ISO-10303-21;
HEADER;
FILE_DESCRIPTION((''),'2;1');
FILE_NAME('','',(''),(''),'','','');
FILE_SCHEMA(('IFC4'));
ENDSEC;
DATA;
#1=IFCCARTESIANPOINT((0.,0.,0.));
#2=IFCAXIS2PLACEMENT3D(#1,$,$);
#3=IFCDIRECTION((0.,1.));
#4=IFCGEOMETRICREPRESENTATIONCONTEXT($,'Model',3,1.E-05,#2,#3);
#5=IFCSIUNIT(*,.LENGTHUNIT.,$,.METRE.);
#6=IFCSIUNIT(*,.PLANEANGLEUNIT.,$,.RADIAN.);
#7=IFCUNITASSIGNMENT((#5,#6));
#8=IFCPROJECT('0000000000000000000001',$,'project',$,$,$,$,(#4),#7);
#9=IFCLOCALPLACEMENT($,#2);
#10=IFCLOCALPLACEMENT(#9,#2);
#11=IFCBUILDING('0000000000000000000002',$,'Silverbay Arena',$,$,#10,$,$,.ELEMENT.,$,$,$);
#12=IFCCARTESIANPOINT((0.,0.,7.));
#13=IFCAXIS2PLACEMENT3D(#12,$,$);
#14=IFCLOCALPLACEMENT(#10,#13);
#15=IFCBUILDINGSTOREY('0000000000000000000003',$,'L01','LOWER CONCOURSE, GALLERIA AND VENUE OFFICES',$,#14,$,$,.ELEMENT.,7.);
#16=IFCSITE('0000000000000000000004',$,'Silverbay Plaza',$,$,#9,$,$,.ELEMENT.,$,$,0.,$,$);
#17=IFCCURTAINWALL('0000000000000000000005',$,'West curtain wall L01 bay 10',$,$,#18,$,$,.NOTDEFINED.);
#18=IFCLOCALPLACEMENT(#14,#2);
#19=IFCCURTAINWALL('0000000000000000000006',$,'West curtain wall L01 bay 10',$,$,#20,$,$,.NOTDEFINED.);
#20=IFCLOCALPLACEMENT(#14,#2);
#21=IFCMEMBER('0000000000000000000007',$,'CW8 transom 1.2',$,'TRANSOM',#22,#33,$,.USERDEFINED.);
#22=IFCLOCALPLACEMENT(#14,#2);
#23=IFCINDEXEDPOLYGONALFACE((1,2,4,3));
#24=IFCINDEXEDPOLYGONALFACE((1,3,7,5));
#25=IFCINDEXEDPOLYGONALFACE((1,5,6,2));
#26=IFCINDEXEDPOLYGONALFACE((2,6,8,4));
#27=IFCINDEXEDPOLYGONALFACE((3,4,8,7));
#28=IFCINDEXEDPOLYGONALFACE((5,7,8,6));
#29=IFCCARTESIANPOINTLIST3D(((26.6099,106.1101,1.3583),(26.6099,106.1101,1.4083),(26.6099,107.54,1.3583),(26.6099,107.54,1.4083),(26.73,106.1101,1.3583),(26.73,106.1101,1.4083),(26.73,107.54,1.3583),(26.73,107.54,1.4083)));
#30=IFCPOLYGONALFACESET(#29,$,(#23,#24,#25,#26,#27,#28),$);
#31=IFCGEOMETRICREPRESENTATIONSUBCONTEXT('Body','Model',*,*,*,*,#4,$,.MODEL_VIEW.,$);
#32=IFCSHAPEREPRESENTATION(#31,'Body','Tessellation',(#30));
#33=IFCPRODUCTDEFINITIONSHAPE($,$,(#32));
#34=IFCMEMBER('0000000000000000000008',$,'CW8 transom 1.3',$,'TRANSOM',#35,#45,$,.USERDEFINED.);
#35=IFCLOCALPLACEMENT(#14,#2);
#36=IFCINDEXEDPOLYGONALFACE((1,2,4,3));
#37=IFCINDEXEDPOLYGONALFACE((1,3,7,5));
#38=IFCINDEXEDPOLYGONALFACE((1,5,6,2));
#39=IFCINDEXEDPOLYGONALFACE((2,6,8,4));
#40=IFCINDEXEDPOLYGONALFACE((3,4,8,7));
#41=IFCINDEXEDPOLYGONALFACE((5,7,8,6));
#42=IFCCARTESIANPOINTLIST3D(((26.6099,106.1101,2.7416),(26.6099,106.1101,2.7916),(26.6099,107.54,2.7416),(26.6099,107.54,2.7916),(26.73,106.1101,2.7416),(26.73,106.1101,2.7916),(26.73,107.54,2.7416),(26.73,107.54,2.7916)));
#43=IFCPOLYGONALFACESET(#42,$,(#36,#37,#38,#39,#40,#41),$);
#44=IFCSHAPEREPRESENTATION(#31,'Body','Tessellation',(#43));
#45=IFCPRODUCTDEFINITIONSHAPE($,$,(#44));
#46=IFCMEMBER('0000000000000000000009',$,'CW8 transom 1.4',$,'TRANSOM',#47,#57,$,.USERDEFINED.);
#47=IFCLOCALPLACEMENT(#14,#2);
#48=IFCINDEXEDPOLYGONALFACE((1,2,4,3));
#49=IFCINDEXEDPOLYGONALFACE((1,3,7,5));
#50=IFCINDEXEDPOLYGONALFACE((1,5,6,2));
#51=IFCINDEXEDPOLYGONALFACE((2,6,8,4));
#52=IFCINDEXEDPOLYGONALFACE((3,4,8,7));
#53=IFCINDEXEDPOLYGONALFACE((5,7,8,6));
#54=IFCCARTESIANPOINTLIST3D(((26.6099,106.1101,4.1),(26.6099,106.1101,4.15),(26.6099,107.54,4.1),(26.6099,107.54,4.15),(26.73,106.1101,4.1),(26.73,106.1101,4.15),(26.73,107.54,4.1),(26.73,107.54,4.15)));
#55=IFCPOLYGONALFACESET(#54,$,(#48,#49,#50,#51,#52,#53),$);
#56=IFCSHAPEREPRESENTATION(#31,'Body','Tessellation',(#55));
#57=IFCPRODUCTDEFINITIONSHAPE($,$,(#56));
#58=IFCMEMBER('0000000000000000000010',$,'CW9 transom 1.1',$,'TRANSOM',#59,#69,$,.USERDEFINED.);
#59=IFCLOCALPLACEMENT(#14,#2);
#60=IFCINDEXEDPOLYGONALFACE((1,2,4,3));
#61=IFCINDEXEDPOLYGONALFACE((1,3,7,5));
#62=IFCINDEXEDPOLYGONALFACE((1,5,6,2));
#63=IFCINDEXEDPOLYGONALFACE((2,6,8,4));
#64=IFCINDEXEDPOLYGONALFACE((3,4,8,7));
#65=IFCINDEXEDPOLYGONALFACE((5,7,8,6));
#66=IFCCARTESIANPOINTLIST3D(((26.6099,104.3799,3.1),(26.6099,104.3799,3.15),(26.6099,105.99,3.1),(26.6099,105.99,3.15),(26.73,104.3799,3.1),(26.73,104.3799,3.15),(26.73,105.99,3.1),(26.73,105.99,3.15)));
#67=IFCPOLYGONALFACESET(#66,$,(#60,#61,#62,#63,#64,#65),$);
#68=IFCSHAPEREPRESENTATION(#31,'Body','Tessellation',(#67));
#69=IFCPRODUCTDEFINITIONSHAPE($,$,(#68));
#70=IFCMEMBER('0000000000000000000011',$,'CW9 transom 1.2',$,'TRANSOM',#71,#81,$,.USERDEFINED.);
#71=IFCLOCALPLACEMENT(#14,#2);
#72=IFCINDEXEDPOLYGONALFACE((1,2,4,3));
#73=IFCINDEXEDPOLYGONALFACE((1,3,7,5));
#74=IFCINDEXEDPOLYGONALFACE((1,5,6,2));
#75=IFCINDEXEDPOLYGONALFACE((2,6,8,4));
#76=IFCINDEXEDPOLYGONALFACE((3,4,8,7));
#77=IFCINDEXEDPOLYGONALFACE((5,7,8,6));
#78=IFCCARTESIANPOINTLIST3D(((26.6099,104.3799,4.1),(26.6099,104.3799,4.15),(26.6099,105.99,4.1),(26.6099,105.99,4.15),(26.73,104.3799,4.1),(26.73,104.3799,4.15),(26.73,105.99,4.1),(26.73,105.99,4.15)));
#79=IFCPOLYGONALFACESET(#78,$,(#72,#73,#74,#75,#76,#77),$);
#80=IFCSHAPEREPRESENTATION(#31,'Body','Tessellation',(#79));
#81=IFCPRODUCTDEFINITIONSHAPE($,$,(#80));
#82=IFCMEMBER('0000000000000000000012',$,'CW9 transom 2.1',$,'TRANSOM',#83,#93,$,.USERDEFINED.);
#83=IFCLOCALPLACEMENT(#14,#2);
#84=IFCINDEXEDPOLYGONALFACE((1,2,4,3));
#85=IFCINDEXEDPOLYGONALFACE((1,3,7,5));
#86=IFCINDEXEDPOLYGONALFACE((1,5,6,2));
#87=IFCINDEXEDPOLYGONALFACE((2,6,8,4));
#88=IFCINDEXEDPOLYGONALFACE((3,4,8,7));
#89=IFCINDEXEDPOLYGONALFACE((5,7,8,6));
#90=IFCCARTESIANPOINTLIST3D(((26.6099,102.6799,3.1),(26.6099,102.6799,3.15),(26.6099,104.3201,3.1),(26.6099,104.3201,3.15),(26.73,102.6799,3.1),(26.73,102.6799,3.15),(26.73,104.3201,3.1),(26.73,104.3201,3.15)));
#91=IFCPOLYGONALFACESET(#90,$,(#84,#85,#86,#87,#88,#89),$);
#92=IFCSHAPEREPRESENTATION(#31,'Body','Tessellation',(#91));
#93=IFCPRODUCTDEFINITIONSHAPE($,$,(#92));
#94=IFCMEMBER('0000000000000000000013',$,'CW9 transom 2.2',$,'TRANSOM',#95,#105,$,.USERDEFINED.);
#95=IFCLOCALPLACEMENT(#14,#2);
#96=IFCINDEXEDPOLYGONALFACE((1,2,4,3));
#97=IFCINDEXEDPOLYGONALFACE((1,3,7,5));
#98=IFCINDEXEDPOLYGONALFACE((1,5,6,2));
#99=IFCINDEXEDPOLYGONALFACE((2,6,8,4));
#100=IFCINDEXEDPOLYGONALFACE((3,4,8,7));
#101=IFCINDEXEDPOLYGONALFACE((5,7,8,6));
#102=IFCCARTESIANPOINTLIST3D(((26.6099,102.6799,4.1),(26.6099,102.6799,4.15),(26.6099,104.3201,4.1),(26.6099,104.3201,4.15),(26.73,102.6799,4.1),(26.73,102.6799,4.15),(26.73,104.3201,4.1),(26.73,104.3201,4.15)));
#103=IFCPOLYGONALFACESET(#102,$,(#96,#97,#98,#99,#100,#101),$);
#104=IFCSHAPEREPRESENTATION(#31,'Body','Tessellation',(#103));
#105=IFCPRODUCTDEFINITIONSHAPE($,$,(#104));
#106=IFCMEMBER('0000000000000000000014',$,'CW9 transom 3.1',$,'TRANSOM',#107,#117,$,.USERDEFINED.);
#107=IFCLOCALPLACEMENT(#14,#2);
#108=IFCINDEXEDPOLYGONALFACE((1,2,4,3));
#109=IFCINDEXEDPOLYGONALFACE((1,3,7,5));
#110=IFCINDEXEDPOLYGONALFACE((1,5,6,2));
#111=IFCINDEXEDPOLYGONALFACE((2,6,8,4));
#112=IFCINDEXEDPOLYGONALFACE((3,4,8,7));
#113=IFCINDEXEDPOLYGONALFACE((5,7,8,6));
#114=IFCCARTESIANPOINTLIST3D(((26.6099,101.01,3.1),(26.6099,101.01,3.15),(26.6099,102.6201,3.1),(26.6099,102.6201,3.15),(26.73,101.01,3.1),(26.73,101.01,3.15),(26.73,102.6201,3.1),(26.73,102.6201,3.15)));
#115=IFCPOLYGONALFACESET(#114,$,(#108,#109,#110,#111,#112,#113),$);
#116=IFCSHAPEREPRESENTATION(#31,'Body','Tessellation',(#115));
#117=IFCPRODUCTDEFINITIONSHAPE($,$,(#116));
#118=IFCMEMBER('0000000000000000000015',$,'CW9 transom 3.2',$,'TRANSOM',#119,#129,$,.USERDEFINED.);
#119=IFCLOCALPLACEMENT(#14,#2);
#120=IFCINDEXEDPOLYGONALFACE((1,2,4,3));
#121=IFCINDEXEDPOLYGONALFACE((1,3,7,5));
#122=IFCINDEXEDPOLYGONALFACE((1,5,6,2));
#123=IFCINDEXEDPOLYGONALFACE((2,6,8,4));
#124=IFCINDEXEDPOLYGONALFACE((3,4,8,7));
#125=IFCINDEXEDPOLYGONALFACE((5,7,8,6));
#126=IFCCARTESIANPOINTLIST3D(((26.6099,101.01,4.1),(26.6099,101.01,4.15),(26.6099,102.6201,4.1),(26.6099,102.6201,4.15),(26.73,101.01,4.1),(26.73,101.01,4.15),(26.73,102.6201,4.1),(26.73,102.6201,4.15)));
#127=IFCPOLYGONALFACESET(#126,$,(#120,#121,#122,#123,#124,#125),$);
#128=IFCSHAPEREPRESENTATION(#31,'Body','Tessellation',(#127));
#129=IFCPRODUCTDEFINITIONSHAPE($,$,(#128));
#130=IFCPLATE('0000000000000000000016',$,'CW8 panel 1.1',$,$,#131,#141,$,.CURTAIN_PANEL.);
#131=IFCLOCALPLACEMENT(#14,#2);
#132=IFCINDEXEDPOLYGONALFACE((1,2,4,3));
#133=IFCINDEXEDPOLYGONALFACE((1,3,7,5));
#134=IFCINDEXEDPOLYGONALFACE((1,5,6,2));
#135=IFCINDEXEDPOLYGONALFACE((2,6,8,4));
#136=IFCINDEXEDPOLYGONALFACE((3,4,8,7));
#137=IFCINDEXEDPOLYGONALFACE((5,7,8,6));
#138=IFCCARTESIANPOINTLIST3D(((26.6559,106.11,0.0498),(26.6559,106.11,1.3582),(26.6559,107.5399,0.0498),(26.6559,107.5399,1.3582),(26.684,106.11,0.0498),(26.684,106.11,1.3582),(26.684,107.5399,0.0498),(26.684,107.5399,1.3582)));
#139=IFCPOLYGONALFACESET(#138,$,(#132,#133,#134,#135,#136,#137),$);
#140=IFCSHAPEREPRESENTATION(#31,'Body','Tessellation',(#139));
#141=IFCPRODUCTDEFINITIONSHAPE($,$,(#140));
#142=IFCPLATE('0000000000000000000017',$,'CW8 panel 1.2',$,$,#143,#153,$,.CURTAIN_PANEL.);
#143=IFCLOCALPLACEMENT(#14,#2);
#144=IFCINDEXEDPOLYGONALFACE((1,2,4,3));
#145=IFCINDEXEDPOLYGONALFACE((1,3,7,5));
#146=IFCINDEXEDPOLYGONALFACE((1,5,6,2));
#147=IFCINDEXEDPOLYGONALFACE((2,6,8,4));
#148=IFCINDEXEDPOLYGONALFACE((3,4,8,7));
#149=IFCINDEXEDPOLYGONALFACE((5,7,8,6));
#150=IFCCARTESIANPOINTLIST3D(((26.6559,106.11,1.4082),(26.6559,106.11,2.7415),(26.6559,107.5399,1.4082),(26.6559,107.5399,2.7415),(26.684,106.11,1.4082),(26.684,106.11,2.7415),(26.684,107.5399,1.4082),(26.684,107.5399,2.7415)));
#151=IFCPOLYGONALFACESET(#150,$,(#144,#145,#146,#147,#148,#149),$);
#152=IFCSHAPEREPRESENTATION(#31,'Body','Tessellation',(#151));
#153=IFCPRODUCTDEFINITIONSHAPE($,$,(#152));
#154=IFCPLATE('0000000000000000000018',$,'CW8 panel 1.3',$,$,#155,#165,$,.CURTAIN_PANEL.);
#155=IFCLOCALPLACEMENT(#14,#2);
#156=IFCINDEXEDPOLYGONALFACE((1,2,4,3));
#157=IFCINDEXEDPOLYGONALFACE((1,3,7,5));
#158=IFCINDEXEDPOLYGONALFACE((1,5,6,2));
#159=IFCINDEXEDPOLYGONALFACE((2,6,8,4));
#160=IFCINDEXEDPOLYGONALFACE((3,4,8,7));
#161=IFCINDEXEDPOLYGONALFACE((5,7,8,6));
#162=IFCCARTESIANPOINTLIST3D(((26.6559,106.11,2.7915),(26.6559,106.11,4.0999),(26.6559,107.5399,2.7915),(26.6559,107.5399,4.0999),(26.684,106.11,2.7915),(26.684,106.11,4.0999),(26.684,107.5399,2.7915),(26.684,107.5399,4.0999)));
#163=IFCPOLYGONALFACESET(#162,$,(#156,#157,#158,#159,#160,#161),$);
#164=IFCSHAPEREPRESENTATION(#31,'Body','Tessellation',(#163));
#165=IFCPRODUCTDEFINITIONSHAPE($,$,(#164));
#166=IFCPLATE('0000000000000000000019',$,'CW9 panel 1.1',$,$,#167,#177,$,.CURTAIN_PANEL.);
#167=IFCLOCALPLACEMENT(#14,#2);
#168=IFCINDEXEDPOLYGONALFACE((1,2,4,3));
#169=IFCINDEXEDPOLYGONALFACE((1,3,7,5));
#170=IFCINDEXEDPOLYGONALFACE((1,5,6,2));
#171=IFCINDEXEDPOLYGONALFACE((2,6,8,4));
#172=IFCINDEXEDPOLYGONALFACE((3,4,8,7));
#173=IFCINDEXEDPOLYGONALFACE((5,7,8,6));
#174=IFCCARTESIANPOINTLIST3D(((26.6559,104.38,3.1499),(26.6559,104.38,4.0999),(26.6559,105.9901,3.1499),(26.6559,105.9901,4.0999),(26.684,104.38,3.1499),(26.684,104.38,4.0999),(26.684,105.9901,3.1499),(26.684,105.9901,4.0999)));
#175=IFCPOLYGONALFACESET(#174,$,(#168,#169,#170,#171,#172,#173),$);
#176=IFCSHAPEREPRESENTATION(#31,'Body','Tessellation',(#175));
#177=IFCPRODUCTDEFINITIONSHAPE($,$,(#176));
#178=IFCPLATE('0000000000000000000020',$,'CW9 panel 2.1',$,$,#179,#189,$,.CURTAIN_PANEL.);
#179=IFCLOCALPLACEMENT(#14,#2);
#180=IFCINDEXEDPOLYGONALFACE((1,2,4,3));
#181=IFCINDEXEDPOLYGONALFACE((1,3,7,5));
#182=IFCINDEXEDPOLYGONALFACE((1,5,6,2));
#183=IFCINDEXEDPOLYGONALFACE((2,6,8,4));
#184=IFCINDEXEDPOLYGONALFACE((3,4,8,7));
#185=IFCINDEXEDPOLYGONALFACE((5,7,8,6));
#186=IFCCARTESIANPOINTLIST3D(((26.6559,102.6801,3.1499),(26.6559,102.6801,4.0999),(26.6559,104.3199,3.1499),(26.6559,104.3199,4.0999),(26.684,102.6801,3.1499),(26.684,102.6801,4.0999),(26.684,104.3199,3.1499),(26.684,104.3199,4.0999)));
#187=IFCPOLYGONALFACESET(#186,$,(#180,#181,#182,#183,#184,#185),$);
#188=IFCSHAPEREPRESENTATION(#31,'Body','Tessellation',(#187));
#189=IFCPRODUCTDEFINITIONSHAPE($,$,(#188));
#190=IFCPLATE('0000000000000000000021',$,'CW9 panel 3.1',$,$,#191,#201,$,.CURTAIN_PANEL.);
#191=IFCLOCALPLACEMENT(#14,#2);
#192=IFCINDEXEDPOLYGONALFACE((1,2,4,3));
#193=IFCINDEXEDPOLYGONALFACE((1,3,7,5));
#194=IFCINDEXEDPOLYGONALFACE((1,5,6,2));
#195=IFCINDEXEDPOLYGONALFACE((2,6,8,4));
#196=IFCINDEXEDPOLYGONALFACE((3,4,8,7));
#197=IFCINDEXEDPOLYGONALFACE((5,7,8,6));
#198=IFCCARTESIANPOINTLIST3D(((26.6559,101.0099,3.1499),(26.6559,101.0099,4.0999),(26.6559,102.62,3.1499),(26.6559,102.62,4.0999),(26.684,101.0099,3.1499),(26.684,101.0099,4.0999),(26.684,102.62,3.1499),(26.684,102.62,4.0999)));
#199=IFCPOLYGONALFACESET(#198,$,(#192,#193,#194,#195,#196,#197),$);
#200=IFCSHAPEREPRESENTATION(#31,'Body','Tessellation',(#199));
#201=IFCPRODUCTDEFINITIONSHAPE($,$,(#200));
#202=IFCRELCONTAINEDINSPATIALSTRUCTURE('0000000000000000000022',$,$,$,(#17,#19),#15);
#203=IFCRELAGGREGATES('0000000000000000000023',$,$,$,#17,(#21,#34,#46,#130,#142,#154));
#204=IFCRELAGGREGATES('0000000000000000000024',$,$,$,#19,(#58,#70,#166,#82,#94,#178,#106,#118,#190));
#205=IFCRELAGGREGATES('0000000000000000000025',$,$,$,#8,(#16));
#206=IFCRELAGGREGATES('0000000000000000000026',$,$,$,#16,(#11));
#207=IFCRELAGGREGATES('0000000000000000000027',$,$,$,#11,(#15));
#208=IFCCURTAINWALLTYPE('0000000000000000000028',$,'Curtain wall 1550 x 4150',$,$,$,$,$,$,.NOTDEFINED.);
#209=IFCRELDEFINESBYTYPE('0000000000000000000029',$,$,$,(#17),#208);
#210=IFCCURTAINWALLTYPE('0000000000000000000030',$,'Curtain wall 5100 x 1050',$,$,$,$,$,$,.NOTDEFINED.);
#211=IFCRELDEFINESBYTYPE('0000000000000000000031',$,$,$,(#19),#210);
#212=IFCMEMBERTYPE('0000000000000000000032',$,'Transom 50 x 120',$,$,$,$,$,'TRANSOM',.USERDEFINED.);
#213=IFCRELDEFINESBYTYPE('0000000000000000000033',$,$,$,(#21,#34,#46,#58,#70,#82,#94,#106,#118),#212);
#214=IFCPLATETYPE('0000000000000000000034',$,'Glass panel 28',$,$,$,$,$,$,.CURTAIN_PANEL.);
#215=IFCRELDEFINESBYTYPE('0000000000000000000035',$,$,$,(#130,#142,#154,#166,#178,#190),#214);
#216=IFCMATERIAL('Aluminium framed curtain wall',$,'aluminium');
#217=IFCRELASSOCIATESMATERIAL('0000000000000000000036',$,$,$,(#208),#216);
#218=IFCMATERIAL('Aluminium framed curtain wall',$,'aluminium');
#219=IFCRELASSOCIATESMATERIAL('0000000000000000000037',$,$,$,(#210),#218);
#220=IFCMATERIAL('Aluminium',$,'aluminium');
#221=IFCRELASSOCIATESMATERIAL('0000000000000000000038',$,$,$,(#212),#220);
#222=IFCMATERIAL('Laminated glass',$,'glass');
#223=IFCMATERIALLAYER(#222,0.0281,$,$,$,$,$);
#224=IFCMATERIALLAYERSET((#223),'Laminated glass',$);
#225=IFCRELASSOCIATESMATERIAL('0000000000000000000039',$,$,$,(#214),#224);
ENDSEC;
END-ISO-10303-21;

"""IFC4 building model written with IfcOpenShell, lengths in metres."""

from ifc_helpers import new_model, si_unit, direction, frame, origin, origin_2d, place, context, subcontext, project, spatial, rectangle, extrude, material, layer, layer_set, material_profile, profile_set, type_object, element, aggregate, save


model = new_model("IFC4")

# Units and contexts
model_context = context("Model", 3, precision=1e-05, world=origin(), true_north=direction((0.0, 1.0)))
body_context = subcontext(model_context, "Body", "Model", "MODEL_VIEW")
ifc_project = project(units=[si_unit("LENGTHUNIT", "METRE"), si_unit("PLANEANGLEUNIT", "RADIAN")], contexts=[model_context])

# Site, building, storey
site_placement = place(None, origin())
site = spatial("IfcSite", under=ifc_project, at=site_placement, Name="Silverbay Plaza", CompositionType="ELEMENT", RefElevation=0.0)
building_placement = place(site_placement, origin())
building = spatial("IfcBuilding", under=site, at=building_placement, Name="Silverbay Arena", CompositionType="ELEMENT")
storey_placement = place(building_placement, frame((0.0, 0.0, 7.0)))
storey = spatial("IfcBuildingStorey", under=building, at=storey_placement, Name="L01", Description="LOWER CONCOURSE, GALLERIA AND VENUE OFFICES", CompositionType="ELEMENT", Elevation=7.0)

# Shared definitions
ifc_material_1 = material(Name="Aluminium framed curtain wall", Category="aluminium")
curtain_wall_type_1 = type_object("IfcCurtainWallType", Name="Curtain wall 1550 x 4150", PredefinedType="NOTDEFINED", material=ifc_material_1)

# Curtain walls
curtain_wall_1_placement = place(storey_placement, origin())
curtain_wall_1 = element("IfcCurtainWall", 1, at=curtain_wall_1_placement, inside=storey, type_object=curtain_wall_type_1, Name="West curtain wall L01 bay 10", PredefinedType="NOTDEFINED")
ifc_material_2 = material(Name="Aluminium framed curtain wall", Category="aluminium")
curtain_wall_type_2 = type_object("IfcCurtainWallType", Name="Curtain wall 5100 x 1050", PredefinedType="NOTDEFINED", material=ifc_material_2)
curtain_wall_2_placement = place(storey_placement, origin())
curtain_wall_2 = element("IfcCurtainWall", 2, at=curtain_wall_2_placement, inside=storey, type_object=curtain_wall_type_2, Name="West curtain wall L01 bay 10", PredefinedType="NOTDEFINED")

# Members
ifc_material_3 = material(Name="Aluminium", Category="aluminium")
ifc_material_profile_1 = material_profile(ifc_material_3, rectangle(XDim=0.1201, YDim=0.05, at=origin_2d()), Name="Transom 50 x 120")
ifc_profile_set_1 = profile_set([ifc_material_profile_1], Name="Aluminium")
member_type_1 = type_object("IfcMemberType", Name="Transom 50 x 120", ElementType="TRANSOM", PredefinedType="USERDEFINED", material=ifc_profile_set_1)
member_1_placement = place(storey_placement, frame((26.6699, 107.54, 1.3833), z_axis=(0.0, -1.0, 0.0), x_axis=(1.0, 0.0, 0.0)))
member_1 = element("IfcMember", 3, at=member_1_placement, type_object=member_type_1, Name="CW8 transom 1.2", ObjectType="TRANSOM", PredefinedType="USERDEFINED", context=body_context, shape_type="SweptSolid", body=[
    extrude(rectangle(XDim=0.1201, YDim=0.05, at=origin_2d()), origin(), (0.0, 0.0, 1.0), 1.4299),
])
member_2_placement = place(storey_placement, frame((26.6699, 107.54, 2.7666), z_axis=(0.0, -1.0, 0.0), x_axis=(1.0, 0.0, 0.0)))
member_2 = element("IfcMember", 4, at=member_2_placement, type_object=member_type_1, Name="CW8 transom 1.3", ObjectType="TRANSOM", PredefinedType="USERDEFINED", context=body_context, shape_type="SweptSolid", body=[
    extrude(rectangle(XDim=0.1201, YDim=0.05, at=origin_2d()), origin(), (0.0, 0.0, 1.0), 1.4299),
])
member_3_placement = place(storey_placement, frame((26.6699, 107.54, 4.125), z_axis=(0.0, -1.0, 0.0), x_axis=(1.0, 0.0, 0.0)))
member_3 = element("IfcMember", 5, at=member_3_placement, type_object=member_type_1, Name="CW8 transom 1.4", ObjectType="TRANSOM", PredefinedType="USERDEFINED", context=body_context, shape_type="SweptSolid", body=[
    extrude(rectangle(XDim=0.1201, YDim=0.05, at=origin_2d()), origin(), (0.0, 0.0, 1.0), 1.4299),
])
member_4_placement = place(storey_placement, frame((26.6699, 105.99, 3.125), z_axis=(0.0, -1.0, 0.0), x_axis=(1.0, 0.0, 0.0)))
member_4 = element("IfcMember", 6, at=member_4_placement, type_object=member_type_1, Name="CW9 transom 1.1", ObjectType="TRANSOM", PredefinedType="USERDEFINED", context=body_context, shape_type="SweptSolid", body=[
    extrude(rectangle(XDim=0.1201, YDim=0.05, at=origin_2d()), origin(), (0.0, 0.0, 1.0), 1.6101),
])
member_5_placement = place(storey_placement, frame((26.6699, 105.99, 4.125), z_axis=(0.0, -1.0, 0.0), x_axis=(1.0, 0.0, 0.0)))
member_5 = element("IfcMember", 7, at=member_5_placement, type_object=member_type_1, Name="CW9 transom 1.2", ObjectType="TRANSOM", PredefinedType="USERDEFINED", context=body_context, shape_type="SweptSolid", body=[
    extrude(rectangle(XDim=0.1201, YDim=0.05, at=origin_2d()), origin(), (0.0, 0.0, 1.0), 1.6101),
])
member_6_placement = place(storey_placement, frame((26.6699, 104.3201, 3.125), z_axis=(0.0, -1.0, 0.0), x_axis=(1.0, 0.0, 0.0)))
member_6 = element("IfcMember", 8, at=member_6_placement, type_object=member_type_1, Name="CW9 transom 2.1", ObjectType="TRANSOM", PredefinedType="USERDEFINED", context=body_context, shape_type="SweptSolid", body=[
    extrude(rectangle(XDim=0.1201, YDim=0.05, at=origin_2d()), origin(), (0.0, 0.0, 1.0), 1.6401),
])
member_7_placement = place(storey_placement, frame((26.6699, 104.3201, 4.125), z_axis=(0.0, -1.0, 0.0), x_axis=(1.0, 0.0, 0.0)))
member_7 = element("IfcMember", 9, at=member_7_placement, type_object=member_type_1, Name="CW9 transom 2.2", ObjectType="TRANSOM", PredefinedType="USERDEFINED", context=body_context, shape_type="SweptSolid", body=[
    extrude(rectangle(XDim=0.1201, YDim=0.05, at=origin_2d()), origin(), (0.0, 0.0, 1.0), 1.6401),
])
member_8_placement = place(storey_placement, frame((26.6699, 102.6201, 3.125), z_axis=(0.0, -1.0, 0.0), x_axis=(1.0, 0.0, 0.0)))
member_8 = element("IfcMember", 10, at=member_8_placement, type_object=member_type_1, Name="CW9 transom 3.1", ObjectType="TRANSOM", PredefinedType="USERDEFINED", context=body_context, shape_type="SweptSolid", body=[
    extrude(rectangle(XDim=0.1201, YDim=0.05, at=origin_2d()), origin(), (0.0, 0.0, 1.0), 1.6101),
])
member_9_placement = place(storey_placement, frame((26.6699, 102.6201, 4.125), z_axis=(0.0, -1.0, 0.0), x_axis=(1.0, 0.0, 0.0)))
member_9 = element("IfcMember", 11, at=member_9_placement, type_object=member_type_1, Name="CW9 transom 3.2", ObjectType="TRANSOM", PredefinedType="USERDEFINED", context=body_context, shape_type="SweptSolid", body=[
    extrude(rectangle(XDim=0.1201, YDim=0.05, at=origin_2d()), origin(), (0.0, 0.0, 1.0), 1.6101),
])

# Plates
ifc_material_4 = material(Name="Laminated glass", Category="glass")
ifc_layer_1 = layer(ifc_material_4, 0.0281)
ifc_layer_set_1 = layer_set([ifc_layer_1], Name="Laminated glass")
plate_type = type_object("IfcPlateType", Name="Glass panel 28", PredefinedType="CURTAIN_PANEL", material=ifc_layer_set_1)
plate_1_placement = place(storey_placement, frame((26.6699, 106.825, 0.0498), z_axis=(0.0, 0.0, 1.0), x_axis=(0.0, -1.0, 0.0)))
plate_1 = element("IfcPlate", 12, at=plate_1_placement, type_object=plate_type, Name="CW8 panel 1.1", PredefinedType="CURTAIN_PANEL", context=body_context, shape_type="SweptSolid", body=[
    extrude(rectangle(XDim=1.4299, YDim=0.0281, at=origin_2d()), origin(), (0.0, 0.0, 1.0), 1.3083),
])
plate_2_placement = place(storey_placement, frame((26.6699, 106.825, 1.4082), z_axis=(0.0, 0.0, 1.0), x_axis=(0.0, -1.0, 0.0)))
plate_2 = element("IfcPlate", 13, at=plate_2_placement, type_object=plate_type, Name="CW8 panel 1.2", PredefinedType="CURTAIN_PANEL", context=body_context, shape_type="SweptSolid", body=[
    extrude(rectangle(XDim=1.4299, YDim=0.0281, at=origin_2d()), origin(), (0.0, 0.0, 1.0), 1.3333),
])
plate_3_placement = place(storey_placement, frame((26.6699, 106.825, 2.7915), z_axis=(0.0, 0.0, 1.0), x_axis=(0.0, -1.0, 0.0)))
plate_3 = element("IfcPlate", 14, at=plate_3_placement, type_object=plate_type, Name="CW8 panel 1.3", PredefinedType="CURTAIN_PANEL", context=body_context, shape_type="SweptSolid", body=[
    extrude(rectangle(XDim=1.4299, YDim=0.0281, at=origin_2d()), origin(), (0.0, 0.0, 1.0), 1.3083),
])
aggregate(curtain_wall_1, [member_1, member_2, member_3, plate_1, plate_2, plate_3])
plate_4_placement = place(storey_placement, frame((26.6699, 105.1851, 3.1499), z_axis=(0.0, 0.0, 1.0), x_axis=(0.0, -1.0, 0.0)))
plate_4 = element("IfcPlate", 15, at=plate_4_placement, type_object=plate_type, Name="CW9 panel 1.1", PredefinedType="CURTAIN_PANEL", context=body_context, shape_type="SweptSolid", body=[
    extrude(rectangle(XDim=1.6101, YDim=0.0281, at=origin_2d()), origin(), (0.0, 0.0, 1.0), 0.95),
])
plate_5_placement = place(storey_placement, frame((26.6699, 103.5, 3.1499), z_axis=(0.0, 0.0, 1.0), x_axis=(0.0, -1.0, 0.0)))
plate_5 = element("IfcPlate", 16, at=plate_5_placement, type_object=plate_type, Name="CW9 panel 2.1", PredefinedType="CURTAIN_PANEL", context=body_context, shape_type="SweptSolid", body=[
    extrude(rectangle(XDim=1.6399, YDim=0.0281, at=origin_2d()), origin(), (0.0, 0.0, 1.0), 0.95),
])
plate_6_placement = place(storey_placement, frame((26.6699, 101.8149, 3.1499), z_axis=(0.0, 0.0, 1.0), x_axis=(0.0, -1.0, 0.0)))
plate_6 = element("IfcPlate", 17, at=plate_6_placement, type_object=plate_type, Name="CW9 panel 3.1", PredefinedType="CURTAIN_PANEL", context=body_context, shape_type="SweptSolid", body=[
    extrude(rectangle(XDim=1.6101, YDim=0.0281, at=origin_2d()), origin(), (0.0, 0.0, 1.0), 0.95),
])
aggregate(curtain_wall_2, [member_4, member_5, plate_4, member_6, member_7, plate_5, member_8, member_9, plate_6])

save(model, "model.ifc")
